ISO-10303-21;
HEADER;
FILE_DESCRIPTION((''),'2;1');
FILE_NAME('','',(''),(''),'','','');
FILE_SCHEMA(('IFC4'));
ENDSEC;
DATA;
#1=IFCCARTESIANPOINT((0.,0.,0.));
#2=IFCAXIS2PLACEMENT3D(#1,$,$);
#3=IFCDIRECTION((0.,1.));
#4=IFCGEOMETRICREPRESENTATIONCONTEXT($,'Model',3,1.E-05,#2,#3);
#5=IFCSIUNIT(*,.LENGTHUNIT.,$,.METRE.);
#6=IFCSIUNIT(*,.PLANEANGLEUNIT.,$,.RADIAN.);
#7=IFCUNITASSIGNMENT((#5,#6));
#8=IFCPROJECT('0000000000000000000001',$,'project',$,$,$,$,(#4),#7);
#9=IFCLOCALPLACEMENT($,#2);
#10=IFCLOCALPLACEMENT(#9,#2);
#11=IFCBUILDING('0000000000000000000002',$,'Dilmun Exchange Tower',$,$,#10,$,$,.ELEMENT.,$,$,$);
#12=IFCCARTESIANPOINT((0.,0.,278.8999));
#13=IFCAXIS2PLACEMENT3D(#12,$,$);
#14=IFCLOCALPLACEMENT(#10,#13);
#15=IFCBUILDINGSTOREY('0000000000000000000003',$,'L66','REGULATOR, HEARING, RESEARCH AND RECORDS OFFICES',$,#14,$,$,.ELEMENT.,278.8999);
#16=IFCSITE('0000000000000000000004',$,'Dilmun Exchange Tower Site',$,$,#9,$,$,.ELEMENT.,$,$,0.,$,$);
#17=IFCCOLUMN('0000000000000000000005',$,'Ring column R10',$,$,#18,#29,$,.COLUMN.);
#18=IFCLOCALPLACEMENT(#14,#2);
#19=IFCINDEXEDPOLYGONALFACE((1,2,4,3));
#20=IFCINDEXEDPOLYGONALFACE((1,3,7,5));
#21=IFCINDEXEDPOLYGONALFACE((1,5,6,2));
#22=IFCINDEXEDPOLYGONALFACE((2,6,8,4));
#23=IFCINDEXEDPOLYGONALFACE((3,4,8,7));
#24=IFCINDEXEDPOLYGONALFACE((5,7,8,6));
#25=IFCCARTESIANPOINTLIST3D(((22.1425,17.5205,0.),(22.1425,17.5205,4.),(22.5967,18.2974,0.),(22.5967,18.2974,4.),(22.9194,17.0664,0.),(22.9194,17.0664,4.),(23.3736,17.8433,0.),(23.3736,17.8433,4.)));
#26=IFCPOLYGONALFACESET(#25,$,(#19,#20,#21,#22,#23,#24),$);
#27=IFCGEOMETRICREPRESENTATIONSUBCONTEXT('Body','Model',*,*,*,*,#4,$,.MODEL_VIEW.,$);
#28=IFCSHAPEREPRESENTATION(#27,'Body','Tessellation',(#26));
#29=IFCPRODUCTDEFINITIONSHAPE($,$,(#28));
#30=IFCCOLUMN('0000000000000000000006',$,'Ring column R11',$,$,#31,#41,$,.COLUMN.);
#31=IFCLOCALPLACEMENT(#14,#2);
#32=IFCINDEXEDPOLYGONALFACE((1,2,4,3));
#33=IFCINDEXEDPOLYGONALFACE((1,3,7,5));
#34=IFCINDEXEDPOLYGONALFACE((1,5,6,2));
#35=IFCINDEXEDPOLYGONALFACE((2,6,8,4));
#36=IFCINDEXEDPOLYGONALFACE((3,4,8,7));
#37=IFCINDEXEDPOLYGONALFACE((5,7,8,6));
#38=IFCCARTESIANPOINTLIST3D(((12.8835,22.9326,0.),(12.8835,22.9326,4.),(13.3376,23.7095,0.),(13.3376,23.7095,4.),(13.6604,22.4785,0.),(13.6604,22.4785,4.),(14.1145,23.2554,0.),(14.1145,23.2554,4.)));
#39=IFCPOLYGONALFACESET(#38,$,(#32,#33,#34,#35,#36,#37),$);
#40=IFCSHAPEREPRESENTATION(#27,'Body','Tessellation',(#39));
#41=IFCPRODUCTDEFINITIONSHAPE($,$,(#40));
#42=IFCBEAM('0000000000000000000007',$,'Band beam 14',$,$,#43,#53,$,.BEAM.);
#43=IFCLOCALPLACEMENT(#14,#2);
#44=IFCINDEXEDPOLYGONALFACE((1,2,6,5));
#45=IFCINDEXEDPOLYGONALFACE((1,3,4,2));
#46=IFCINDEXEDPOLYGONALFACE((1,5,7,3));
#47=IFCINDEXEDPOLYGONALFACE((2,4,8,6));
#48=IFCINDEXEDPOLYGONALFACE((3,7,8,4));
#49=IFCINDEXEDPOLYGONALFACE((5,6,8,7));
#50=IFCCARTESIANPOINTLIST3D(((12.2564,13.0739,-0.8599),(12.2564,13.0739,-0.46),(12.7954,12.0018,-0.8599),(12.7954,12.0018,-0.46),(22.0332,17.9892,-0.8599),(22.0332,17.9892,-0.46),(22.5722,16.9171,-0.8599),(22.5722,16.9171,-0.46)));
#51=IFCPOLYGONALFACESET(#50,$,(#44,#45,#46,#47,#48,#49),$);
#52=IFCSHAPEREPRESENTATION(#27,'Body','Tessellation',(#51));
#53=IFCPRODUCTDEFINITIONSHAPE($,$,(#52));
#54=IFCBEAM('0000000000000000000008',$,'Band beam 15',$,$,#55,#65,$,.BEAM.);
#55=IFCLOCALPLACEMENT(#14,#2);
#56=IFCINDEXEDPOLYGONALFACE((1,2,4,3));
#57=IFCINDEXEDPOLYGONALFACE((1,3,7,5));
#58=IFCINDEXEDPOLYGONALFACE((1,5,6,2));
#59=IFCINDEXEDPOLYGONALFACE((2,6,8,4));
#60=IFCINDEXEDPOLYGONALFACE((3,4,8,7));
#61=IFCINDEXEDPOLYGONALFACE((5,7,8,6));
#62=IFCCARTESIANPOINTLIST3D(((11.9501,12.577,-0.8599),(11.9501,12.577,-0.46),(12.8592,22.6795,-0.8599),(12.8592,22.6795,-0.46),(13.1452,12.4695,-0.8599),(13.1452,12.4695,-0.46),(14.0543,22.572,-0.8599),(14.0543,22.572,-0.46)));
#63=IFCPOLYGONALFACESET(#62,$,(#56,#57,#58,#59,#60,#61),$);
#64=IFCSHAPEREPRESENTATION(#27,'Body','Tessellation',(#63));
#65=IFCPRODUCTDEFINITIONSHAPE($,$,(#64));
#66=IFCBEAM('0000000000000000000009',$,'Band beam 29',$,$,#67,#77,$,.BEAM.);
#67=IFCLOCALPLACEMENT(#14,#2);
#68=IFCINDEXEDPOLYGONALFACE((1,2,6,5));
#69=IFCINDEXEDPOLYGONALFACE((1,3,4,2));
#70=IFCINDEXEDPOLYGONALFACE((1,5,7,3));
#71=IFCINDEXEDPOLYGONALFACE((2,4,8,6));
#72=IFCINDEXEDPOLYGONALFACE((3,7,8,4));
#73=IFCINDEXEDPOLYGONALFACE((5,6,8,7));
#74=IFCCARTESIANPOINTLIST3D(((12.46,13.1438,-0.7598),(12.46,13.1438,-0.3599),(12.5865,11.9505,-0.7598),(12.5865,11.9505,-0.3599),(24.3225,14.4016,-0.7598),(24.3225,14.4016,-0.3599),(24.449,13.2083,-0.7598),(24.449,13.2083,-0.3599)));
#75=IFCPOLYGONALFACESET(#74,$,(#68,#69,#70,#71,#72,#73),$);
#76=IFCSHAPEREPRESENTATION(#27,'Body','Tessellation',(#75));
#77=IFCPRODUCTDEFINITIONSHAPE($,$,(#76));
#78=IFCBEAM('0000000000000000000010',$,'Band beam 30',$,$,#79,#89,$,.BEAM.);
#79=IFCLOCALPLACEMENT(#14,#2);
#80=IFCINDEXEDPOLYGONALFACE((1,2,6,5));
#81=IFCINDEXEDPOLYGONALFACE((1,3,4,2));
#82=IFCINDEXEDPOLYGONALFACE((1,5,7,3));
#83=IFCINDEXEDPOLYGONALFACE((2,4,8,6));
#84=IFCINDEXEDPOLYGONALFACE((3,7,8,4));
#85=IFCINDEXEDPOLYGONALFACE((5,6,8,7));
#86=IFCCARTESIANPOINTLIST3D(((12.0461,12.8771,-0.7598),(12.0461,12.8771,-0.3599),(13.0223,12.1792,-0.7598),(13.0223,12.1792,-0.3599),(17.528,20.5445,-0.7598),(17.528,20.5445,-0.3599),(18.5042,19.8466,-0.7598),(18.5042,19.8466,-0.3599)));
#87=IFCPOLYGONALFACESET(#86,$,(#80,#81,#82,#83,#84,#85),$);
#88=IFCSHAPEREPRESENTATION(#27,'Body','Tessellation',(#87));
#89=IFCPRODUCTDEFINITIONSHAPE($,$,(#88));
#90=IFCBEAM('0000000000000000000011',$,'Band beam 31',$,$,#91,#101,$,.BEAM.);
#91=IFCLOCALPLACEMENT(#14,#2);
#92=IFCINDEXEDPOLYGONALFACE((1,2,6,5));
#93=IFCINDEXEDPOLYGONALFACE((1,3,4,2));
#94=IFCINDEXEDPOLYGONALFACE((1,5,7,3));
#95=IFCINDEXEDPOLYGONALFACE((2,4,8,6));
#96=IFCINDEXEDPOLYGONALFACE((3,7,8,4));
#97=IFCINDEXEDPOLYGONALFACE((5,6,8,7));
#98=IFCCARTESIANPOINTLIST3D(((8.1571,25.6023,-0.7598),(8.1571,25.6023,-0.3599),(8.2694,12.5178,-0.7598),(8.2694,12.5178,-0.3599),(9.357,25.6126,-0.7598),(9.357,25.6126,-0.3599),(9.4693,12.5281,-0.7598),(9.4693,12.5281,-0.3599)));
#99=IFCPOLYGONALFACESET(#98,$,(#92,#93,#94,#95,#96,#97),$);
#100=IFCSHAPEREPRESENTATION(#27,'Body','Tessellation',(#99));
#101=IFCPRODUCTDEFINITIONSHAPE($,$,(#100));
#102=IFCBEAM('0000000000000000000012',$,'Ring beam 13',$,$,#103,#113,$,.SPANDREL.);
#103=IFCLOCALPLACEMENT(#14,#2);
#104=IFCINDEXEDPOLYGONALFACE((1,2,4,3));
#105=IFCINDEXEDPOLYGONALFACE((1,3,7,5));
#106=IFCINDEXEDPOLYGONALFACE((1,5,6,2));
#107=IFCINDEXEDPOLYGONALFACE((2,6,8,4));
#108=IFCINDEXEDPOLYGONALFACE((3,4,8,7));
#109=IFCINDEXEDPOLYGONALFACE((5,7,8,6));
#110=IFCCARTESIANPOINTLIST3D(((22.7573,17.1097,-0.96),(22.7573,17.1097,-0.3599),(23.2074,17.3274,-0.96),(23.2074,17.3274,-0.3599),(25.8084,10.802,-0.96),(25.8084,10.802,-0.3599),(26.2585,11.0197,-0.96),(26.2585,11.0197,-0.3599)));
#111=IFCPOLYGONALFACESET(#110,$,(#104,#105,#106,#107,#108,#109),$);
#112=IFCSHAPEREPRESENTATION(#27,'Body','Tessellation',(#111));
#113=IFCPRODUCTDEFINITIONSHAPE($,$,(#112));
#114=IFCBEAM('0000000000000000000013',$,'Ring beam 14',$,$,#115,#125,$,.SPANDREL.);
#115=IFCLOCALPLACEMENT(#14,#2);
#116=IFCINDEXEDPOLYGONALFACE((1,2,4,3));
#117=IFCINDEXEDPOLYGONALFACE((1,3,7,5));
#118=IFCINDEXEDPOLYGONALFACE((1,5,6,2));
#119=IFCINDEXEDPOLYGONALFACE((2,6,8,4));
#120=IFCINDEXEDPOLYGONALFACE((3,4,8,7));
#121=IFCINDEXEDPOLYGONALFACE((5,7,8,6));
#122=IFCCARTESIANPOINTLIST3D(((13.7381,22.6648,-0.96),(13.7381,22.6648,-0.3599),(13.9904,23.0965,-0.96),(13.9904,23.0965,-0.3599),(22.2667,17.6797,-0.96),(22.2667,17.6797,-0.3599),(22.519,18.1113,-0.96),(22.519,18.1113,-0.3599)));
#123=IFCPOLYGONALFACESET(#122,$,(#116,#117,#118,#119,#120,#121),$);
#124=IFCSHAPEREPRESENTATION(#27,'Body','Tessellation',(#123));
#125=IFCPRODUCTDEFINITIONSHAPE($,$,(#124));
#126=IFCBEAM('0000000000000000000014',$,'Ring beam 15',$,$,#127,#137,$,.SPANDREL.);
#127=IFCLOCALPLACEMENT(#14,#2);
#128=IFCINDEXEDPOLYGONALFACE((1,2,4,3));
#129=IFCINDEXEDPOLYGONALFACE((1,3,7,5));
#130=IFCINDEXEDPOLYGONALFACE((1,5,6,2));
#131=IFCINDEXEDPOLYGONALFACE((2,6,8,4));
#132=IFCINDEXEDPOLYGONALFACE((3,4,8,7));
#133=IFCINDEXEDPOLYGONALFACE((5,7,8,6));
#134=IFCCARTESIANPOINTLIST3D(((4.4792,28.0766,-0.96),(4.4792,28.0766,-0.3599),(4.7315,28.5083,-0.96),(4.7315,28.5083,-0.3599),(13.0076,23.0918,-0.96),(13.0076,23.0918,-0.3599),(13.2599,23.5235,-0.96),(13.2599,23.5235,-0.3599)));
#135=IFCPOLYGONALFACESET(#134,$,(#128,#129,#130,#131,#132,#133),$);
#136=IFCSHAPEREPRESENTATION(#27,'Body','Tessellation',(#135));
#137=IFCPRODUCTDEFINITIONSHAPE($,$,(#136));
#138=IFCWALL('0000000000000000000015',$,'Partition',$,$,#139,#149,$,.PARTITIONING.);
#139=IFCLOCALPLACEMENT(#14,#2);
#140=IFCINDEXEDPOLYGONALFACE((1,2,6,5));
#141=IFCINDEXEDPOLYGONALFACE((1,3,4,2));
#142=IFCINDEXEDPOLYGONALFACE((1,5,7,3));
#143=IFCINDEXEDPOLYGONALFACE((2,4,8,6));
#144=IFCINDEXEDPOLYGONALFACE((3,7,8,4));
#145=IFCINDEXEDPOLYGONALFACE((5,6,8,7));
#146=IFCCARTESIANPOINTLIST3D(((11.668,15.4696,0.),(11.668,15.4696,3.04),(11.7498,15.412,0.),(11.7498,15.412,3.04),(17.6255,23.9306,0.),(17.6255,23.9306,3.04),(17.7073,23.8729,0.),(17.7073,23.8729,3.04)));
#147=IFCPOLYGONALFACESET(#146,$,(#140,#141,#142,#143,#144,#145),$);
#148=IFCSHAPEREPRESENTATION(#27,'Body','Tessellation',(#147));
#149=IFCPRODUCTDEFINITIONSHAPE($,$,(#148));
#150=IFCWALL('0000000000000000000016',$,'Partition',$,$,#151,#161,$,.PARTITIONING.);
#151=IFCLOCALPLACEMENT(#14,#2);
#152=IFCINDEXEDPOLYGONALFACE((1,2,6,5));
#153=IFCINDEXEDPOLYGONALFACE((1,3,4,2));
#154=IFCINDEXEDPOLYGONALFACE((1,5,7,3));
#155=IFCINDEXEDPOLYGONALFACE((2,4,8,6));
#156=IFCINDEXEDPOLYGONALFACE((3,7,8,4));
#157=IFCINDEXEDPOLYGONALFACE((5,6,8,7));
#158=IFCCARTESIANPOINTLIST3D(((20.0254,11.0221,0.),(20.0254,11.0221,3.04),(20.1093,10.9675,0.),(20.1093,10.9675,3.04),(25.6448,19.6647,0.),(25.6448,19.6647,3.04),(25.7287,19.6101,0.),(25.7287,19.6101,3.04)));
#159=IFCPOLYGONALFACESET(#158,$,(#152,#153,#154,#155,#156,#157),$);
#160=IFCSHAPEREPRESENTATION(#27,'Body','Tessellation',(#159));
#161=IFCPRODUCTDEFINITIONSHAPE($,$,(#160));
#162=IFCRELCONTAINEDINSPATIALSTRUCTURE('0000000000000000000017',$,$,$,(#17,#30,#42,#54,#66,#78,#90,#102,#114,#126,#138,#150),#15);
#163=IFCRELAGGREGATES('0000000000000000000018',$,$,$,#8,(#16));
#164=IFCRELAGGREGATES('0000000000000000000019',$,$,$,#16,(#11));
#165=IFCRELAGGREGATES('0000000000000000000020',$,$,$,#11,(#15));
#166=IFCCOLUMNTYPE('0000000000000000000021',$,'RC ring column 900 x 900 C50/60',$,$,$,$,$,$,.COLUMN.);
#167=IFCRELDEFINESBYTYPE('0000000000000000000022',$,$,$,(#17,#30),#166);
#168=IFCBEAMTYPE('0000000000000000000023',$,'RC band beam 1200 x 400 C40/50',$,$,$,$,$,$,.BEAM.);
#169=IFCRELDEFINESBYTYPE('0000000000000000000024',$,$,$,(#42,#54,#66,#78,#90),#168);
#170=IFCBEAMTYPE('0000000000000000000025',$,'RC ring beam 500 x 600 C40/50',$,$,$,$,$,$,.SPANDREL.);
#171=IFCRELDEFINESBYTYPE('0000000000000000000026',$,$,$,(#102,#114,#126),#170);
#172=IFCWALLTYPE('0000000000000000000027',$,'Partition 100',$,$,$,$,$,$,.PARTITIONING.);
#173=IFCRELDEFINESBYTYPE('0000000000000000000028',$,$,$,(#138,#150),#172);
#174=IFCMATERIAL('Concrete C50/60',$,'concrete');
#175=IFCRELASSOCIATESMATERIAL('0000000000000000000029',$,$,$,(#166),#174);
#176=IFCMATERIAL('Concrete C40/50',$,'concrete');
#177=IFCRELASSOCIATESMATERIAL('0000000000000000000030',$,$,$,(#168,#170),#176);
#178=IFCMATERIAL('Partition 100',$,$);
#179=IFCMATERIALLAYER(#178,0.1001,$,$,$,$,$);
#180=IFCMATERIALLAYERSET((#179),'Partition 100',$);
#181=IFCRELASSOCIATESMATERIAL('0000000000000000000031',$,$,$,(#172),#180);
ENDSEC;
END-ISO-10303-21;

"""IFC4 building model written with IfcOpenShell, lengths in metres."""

from ifc_helpers import new_model, si_unit, direction, frame, frame_2d, origin, origin_2d, place, context, subcontext, project, spatial, rectangle, extrude, material, layer, layer_set, material_profile, profile_set, type_object, element, save


model = new_model("IFC4")

# Units and contexts
model_context = context("Model", 3, precision=1e-05, world=origin(), true_north=direction((0.0, 1.0)))
body_context = subcontext(model_context, "Body", "Model", "MODEL_VIEW")
ifc_project = project(units=[si_unit("LENGTHUNIT", "METRE"), si_unit("PLANEANGLEUNIT", "RADIAN")], contexts=[model_context])

# Site, building, storey
site_placement = place(None, origin())
site = spatial("IfcSite", under=ifc_project, at=site_placement, Name="Dilmun Exchange Tower Site", CompositionType="ELEMENT", RefElevation=0.0)
building_placement = place(site_placement, origin())
building = spatial("IfcBuilding", under=site, at=building_placement, Name="Dilmun Exchange Tower", CompositionType="ELEMENT")
storey_placement = place(building_placement, frame((0.0, 0.0, 278.8999)))
storey = spatial("IfcBuildingStorey", under=building, at=storey_placement, Name="L66", Description="REGULATOR, HEARING, RESEARCH AND RECORDS OFFICES", CompositionType="ELEMENT", Elevation=278.8999)

# Columns
ifc_material_1 = material(Name="Concrete C50/60", Category="concrete")
ifc_material_profile_1 = material_profile(ifc_material_1, rectangle(XDim=0.8999, YDim=0.8999, at=origin_2d()), Name="900 x 900")
ifc_profile_set_1 = profile_set([ifc_material_profile_1], Name="Concrete C50/60")
column_type = type_object("IfcColumnType", Name="RC ring column 900 x 900 C50/60", PredefinedType="COLUMN", material=ifc_profile_set_1)
for number, where, z_axis, x_axis, name in (
    (1, (22.7581, 17.6819, 0.0), (0.0, 0.0, 1.0), (0.504644, 0.863328, 0.0), "Ring column R10"),
    (2, (13.499, 23.094, 0.0), (0.0, 0.0, 1.0), (0.504644, 0.863328, 0.0), "Ring column R11"),
):
    element("IfcColumn", number, at=place(storey_placement, frame(where, z_axis=z_axis, x_axis=x_axis)), inside=storey, type_object=column_type, Name=name, PredefinedType="COLUMN", context=body_context, shape_type="SweptSolid", body=[
        extrude(rectangle(XDim=0.8999, YDim=0.8999, at=origin_2d()), origin(), (0.0, 0.0, 1.0), 4.0),
    ])

# Beams
ifc_material_2 = material(Name="Concrete C40/50", Category="concrete")
ifc_material_profile_2 = material_profile(ifc_material_2, rectangle(XDim=1.2, YDim=0.3999, at=origin_2d()), Name="1200 x 400")
ifc_profile_set_2 = profile_set([ifc_material_profile_2], Name="Concrete C40/50")
beam_type_1 = type_object("IfcBeamType", Name="RC band beam 1200 x 400 C40/50", PredefinedType="BEAM", material=ifc_profile_set_2)
beam_1_placement = place(storey_placement, frame((22.3027, 17.4531, -0.6599), z_axis=(-0.893443, -0.449176, 0.0), x_axis=(0.449176, -0.893443, 0.0)))
element("IfcBeam", 3, at=beam_1_placement, inside=storey, type_object=beam_type_1, Name="Band beam 14", PredefinedType="BEAM", context=body_context, shape_type="SweptSolid", body=[
    extrude(rectangle(XDim=1.2, YDim=0.3999, at=origin_2d()), origin(), (0.0, 0.0, 1.0), 10.9429),
])
beam_2_placement = place(storey_placement, frame((13.4568, 22.6257, -0.6599), z_axis=(-0.089633, -0.995975, 0.0), x_axis=(0.995975, -0.089633, 0.0)))
element("IfcBeam", 4, at=beam_2_placement, inside=storey, type_object=beam_type_1, Name="Band beam 15", PredefinedType="BEAM", context=body_context, shape_type="SweptSolid", body=[
    extrude(rectangle(XDim=1.2, YDim=0.3999, at=origin_2d()), origin(), (0.0, 0.0, 1.0), 10.1433),
])
beam_3_placement = place(storey_placement, frame((24.3857, 13.8049, -0.5598), z_axis=(-0.994426, -0.105441, 0.0), x_axis=(0.105441, -0.994426, 0.0)))
element("IfcBeam", 5, at=beam_3_placement, inside=storey, type_object=beam_type_1, Name="Band beam 29", PredefinedType="BEAM", context=body_context, shape_type="SweptSolid", body=[
    extrude(rectangle(XDim=1.2, YDim=0.3999, at=origin_2d()), origin(), (0.0, 0.0, 1.0), 11.929),
])
beam_4_placement = place(storey_placement, frame((18.0161, 20.1956, -0.5598), z_axis=(-0.581601, -0.813474, 0.0), x_axis=(0.813474, -0.581601, 0.0)))
element("IfcBeam", 6, at=beam_4_placement, inside=storey, type_object=beam_type_1, Name="Band beam 30", PredefinedType="BEAM", context=body_context, shape_type="SweptSolid", body=[
    extrude(rectangle(XDim=1.2, YDim=0.3999, at=origin_2d()), origin(), (0.0, 0.0, 1.0), 9.4255),
])
beam_5_placement = place(storey_placement, frame((8.7571, 25.6074, -0.5598), z_axis=(0.008583, -0.999963, 0.0), x_axis=(0.999963, 0.008583, 0.0)))
element("IfcBeam", 7, at=beam_5_placement, inside=storey, type_object=beam_type_1, Name="Band beam 31", PredefinedType="BEAM", context=body_context, shape_type="SweptSolid", body=[
    extrude(rectangle(XDim=1.2, YDim=0.3999, at=origin_2d()), origin(), (0.0, 0.0, 1.0), 13.085),
])
ifc_material_profile_3 = material_profile(ifc_material_2, rectangle(XDim=0.5, YDim=0.6001, at=origin_2d()), Name="500 x 600")
ifc_profile_set_3 = profile_set([ifc_material_profile_3], Name="Concrete C40/50")
beam_type_2 = type_object("IfcBeamType", Name="RC ring beam 500 x 600 C40/50", PredefinedType="SPANDREL", material=ifc_profile_set_3)
beam_6_placement = place(storey_placement, frame((26.0334, 10.9109, -0.6599), z_axis=(-0.43544, 0.900218, 0.0), x_axis=(-0.900218, -0.43544, 0.0)))
element("IfcBeam", 8, at=beam_6_placement, inside=storey, type_object=beam_type_2, Name="Ring beam 13", PredefinedType="SPANDREL", context=body_context, shape_type="SweptSolid", body=[
    extrude(rectangle(XDim=0.5, YDim=0.6001, at=origin_2d()), origin(), (0.0, 0.0, 1.0), 7.0068),
])
beam_7_placement = place(storey_placement, frame((22.3928, 17.8955, -0.6599), z_axis=(-0.863333, 0.504635, 0.0), x_axis=(-0.504635, -0.863333, 0.0)))
element("IfcBeam", 9, at=beam_7_placement, inside=storey, type_object=beam_type_2, Name="Ring beam 14", PredefinedType="SPANDREL", context=body_context, shape_type="SweptSolid", body=[
    extrude(rectangle(XDim=0.5, YDim=0.6001, at=origin_2d()), origin(), (0.0, 0.0, 1.0), 9.8787),
])
beam_8_placement = place(storey_placement, frame((13.1338, 23.3076, -0.6599), z_axis=(-0.863344, 0.504616, 0.0), x_axis=(-0.504616, -0.863344, 0.0)))
element("IfcBeam", 10, at=beam_8_placement, inside=storey, type_object=beam_type_2, Name="Ring beam 15", PredefinedType="SPANDREL", context=body_context, shape_type="SweptSolid", body=[
    extrude(rectangle(XDim=0.5, YDim=0.6001, at=origin_2d()), origin(), (0.0, 0.0, 1.0), 9.8784),
])

# Walls
ifc_material_3 = material(Name="Partition 100")
ifc_layer_1 = layer(ifc_material_3, 0.1001)
ifc_layer_set_1 = layer_set([ifc_layer_1], Name="Partition 100")
wall_type_1 = type_object("IfcWallType", Name="Partition 100", PredefinedType="PARTITIONING", material=ifc_layer_set_1)
wall_1_placement = place(storey_placement, frame((11.709, 15.4409, 0.0), z_axis=(0.0, 0.0, 1.0), x_axis=(0.575721, 0.817646, 0.0)))
element("IfcWall", 11, at=wall_1_placement, inside=storey, type_object=wall_type_1, Name="Partition", PredefinedType="PARTITIONING", context=body_context, shape_type="SweptSolid", body=[
    extrude(rectangle(XDim=10.3479, YDim=0.1001, at=frame_2d((5.1738, 0.0))), origin(), (0.0, 0.0, 1.0), 3.04),
])
wall_2_placement = place(storey_placement, frame((20.0674, 10.9949, 0.0), z_axis=(0.0, 0.0, 1.0), x_axis=(0.545105, 0.838368, 0.0)))
element("IfcWall", 12, at=wall_2_placement, inside=storey, type_object=wall_type_1, Name="Partition", PredefinedType="PARTITIONING", context=body_context, shape_type="SweptSolid", body=[
    extrude(rectangle(XDim=10.3088, YDim=0.1001, at=frame_2d((5.1543, 0.0))), origin(), (0.0, 0.0, 1.0), 3.04),
])

save(model, "model.ifc")
